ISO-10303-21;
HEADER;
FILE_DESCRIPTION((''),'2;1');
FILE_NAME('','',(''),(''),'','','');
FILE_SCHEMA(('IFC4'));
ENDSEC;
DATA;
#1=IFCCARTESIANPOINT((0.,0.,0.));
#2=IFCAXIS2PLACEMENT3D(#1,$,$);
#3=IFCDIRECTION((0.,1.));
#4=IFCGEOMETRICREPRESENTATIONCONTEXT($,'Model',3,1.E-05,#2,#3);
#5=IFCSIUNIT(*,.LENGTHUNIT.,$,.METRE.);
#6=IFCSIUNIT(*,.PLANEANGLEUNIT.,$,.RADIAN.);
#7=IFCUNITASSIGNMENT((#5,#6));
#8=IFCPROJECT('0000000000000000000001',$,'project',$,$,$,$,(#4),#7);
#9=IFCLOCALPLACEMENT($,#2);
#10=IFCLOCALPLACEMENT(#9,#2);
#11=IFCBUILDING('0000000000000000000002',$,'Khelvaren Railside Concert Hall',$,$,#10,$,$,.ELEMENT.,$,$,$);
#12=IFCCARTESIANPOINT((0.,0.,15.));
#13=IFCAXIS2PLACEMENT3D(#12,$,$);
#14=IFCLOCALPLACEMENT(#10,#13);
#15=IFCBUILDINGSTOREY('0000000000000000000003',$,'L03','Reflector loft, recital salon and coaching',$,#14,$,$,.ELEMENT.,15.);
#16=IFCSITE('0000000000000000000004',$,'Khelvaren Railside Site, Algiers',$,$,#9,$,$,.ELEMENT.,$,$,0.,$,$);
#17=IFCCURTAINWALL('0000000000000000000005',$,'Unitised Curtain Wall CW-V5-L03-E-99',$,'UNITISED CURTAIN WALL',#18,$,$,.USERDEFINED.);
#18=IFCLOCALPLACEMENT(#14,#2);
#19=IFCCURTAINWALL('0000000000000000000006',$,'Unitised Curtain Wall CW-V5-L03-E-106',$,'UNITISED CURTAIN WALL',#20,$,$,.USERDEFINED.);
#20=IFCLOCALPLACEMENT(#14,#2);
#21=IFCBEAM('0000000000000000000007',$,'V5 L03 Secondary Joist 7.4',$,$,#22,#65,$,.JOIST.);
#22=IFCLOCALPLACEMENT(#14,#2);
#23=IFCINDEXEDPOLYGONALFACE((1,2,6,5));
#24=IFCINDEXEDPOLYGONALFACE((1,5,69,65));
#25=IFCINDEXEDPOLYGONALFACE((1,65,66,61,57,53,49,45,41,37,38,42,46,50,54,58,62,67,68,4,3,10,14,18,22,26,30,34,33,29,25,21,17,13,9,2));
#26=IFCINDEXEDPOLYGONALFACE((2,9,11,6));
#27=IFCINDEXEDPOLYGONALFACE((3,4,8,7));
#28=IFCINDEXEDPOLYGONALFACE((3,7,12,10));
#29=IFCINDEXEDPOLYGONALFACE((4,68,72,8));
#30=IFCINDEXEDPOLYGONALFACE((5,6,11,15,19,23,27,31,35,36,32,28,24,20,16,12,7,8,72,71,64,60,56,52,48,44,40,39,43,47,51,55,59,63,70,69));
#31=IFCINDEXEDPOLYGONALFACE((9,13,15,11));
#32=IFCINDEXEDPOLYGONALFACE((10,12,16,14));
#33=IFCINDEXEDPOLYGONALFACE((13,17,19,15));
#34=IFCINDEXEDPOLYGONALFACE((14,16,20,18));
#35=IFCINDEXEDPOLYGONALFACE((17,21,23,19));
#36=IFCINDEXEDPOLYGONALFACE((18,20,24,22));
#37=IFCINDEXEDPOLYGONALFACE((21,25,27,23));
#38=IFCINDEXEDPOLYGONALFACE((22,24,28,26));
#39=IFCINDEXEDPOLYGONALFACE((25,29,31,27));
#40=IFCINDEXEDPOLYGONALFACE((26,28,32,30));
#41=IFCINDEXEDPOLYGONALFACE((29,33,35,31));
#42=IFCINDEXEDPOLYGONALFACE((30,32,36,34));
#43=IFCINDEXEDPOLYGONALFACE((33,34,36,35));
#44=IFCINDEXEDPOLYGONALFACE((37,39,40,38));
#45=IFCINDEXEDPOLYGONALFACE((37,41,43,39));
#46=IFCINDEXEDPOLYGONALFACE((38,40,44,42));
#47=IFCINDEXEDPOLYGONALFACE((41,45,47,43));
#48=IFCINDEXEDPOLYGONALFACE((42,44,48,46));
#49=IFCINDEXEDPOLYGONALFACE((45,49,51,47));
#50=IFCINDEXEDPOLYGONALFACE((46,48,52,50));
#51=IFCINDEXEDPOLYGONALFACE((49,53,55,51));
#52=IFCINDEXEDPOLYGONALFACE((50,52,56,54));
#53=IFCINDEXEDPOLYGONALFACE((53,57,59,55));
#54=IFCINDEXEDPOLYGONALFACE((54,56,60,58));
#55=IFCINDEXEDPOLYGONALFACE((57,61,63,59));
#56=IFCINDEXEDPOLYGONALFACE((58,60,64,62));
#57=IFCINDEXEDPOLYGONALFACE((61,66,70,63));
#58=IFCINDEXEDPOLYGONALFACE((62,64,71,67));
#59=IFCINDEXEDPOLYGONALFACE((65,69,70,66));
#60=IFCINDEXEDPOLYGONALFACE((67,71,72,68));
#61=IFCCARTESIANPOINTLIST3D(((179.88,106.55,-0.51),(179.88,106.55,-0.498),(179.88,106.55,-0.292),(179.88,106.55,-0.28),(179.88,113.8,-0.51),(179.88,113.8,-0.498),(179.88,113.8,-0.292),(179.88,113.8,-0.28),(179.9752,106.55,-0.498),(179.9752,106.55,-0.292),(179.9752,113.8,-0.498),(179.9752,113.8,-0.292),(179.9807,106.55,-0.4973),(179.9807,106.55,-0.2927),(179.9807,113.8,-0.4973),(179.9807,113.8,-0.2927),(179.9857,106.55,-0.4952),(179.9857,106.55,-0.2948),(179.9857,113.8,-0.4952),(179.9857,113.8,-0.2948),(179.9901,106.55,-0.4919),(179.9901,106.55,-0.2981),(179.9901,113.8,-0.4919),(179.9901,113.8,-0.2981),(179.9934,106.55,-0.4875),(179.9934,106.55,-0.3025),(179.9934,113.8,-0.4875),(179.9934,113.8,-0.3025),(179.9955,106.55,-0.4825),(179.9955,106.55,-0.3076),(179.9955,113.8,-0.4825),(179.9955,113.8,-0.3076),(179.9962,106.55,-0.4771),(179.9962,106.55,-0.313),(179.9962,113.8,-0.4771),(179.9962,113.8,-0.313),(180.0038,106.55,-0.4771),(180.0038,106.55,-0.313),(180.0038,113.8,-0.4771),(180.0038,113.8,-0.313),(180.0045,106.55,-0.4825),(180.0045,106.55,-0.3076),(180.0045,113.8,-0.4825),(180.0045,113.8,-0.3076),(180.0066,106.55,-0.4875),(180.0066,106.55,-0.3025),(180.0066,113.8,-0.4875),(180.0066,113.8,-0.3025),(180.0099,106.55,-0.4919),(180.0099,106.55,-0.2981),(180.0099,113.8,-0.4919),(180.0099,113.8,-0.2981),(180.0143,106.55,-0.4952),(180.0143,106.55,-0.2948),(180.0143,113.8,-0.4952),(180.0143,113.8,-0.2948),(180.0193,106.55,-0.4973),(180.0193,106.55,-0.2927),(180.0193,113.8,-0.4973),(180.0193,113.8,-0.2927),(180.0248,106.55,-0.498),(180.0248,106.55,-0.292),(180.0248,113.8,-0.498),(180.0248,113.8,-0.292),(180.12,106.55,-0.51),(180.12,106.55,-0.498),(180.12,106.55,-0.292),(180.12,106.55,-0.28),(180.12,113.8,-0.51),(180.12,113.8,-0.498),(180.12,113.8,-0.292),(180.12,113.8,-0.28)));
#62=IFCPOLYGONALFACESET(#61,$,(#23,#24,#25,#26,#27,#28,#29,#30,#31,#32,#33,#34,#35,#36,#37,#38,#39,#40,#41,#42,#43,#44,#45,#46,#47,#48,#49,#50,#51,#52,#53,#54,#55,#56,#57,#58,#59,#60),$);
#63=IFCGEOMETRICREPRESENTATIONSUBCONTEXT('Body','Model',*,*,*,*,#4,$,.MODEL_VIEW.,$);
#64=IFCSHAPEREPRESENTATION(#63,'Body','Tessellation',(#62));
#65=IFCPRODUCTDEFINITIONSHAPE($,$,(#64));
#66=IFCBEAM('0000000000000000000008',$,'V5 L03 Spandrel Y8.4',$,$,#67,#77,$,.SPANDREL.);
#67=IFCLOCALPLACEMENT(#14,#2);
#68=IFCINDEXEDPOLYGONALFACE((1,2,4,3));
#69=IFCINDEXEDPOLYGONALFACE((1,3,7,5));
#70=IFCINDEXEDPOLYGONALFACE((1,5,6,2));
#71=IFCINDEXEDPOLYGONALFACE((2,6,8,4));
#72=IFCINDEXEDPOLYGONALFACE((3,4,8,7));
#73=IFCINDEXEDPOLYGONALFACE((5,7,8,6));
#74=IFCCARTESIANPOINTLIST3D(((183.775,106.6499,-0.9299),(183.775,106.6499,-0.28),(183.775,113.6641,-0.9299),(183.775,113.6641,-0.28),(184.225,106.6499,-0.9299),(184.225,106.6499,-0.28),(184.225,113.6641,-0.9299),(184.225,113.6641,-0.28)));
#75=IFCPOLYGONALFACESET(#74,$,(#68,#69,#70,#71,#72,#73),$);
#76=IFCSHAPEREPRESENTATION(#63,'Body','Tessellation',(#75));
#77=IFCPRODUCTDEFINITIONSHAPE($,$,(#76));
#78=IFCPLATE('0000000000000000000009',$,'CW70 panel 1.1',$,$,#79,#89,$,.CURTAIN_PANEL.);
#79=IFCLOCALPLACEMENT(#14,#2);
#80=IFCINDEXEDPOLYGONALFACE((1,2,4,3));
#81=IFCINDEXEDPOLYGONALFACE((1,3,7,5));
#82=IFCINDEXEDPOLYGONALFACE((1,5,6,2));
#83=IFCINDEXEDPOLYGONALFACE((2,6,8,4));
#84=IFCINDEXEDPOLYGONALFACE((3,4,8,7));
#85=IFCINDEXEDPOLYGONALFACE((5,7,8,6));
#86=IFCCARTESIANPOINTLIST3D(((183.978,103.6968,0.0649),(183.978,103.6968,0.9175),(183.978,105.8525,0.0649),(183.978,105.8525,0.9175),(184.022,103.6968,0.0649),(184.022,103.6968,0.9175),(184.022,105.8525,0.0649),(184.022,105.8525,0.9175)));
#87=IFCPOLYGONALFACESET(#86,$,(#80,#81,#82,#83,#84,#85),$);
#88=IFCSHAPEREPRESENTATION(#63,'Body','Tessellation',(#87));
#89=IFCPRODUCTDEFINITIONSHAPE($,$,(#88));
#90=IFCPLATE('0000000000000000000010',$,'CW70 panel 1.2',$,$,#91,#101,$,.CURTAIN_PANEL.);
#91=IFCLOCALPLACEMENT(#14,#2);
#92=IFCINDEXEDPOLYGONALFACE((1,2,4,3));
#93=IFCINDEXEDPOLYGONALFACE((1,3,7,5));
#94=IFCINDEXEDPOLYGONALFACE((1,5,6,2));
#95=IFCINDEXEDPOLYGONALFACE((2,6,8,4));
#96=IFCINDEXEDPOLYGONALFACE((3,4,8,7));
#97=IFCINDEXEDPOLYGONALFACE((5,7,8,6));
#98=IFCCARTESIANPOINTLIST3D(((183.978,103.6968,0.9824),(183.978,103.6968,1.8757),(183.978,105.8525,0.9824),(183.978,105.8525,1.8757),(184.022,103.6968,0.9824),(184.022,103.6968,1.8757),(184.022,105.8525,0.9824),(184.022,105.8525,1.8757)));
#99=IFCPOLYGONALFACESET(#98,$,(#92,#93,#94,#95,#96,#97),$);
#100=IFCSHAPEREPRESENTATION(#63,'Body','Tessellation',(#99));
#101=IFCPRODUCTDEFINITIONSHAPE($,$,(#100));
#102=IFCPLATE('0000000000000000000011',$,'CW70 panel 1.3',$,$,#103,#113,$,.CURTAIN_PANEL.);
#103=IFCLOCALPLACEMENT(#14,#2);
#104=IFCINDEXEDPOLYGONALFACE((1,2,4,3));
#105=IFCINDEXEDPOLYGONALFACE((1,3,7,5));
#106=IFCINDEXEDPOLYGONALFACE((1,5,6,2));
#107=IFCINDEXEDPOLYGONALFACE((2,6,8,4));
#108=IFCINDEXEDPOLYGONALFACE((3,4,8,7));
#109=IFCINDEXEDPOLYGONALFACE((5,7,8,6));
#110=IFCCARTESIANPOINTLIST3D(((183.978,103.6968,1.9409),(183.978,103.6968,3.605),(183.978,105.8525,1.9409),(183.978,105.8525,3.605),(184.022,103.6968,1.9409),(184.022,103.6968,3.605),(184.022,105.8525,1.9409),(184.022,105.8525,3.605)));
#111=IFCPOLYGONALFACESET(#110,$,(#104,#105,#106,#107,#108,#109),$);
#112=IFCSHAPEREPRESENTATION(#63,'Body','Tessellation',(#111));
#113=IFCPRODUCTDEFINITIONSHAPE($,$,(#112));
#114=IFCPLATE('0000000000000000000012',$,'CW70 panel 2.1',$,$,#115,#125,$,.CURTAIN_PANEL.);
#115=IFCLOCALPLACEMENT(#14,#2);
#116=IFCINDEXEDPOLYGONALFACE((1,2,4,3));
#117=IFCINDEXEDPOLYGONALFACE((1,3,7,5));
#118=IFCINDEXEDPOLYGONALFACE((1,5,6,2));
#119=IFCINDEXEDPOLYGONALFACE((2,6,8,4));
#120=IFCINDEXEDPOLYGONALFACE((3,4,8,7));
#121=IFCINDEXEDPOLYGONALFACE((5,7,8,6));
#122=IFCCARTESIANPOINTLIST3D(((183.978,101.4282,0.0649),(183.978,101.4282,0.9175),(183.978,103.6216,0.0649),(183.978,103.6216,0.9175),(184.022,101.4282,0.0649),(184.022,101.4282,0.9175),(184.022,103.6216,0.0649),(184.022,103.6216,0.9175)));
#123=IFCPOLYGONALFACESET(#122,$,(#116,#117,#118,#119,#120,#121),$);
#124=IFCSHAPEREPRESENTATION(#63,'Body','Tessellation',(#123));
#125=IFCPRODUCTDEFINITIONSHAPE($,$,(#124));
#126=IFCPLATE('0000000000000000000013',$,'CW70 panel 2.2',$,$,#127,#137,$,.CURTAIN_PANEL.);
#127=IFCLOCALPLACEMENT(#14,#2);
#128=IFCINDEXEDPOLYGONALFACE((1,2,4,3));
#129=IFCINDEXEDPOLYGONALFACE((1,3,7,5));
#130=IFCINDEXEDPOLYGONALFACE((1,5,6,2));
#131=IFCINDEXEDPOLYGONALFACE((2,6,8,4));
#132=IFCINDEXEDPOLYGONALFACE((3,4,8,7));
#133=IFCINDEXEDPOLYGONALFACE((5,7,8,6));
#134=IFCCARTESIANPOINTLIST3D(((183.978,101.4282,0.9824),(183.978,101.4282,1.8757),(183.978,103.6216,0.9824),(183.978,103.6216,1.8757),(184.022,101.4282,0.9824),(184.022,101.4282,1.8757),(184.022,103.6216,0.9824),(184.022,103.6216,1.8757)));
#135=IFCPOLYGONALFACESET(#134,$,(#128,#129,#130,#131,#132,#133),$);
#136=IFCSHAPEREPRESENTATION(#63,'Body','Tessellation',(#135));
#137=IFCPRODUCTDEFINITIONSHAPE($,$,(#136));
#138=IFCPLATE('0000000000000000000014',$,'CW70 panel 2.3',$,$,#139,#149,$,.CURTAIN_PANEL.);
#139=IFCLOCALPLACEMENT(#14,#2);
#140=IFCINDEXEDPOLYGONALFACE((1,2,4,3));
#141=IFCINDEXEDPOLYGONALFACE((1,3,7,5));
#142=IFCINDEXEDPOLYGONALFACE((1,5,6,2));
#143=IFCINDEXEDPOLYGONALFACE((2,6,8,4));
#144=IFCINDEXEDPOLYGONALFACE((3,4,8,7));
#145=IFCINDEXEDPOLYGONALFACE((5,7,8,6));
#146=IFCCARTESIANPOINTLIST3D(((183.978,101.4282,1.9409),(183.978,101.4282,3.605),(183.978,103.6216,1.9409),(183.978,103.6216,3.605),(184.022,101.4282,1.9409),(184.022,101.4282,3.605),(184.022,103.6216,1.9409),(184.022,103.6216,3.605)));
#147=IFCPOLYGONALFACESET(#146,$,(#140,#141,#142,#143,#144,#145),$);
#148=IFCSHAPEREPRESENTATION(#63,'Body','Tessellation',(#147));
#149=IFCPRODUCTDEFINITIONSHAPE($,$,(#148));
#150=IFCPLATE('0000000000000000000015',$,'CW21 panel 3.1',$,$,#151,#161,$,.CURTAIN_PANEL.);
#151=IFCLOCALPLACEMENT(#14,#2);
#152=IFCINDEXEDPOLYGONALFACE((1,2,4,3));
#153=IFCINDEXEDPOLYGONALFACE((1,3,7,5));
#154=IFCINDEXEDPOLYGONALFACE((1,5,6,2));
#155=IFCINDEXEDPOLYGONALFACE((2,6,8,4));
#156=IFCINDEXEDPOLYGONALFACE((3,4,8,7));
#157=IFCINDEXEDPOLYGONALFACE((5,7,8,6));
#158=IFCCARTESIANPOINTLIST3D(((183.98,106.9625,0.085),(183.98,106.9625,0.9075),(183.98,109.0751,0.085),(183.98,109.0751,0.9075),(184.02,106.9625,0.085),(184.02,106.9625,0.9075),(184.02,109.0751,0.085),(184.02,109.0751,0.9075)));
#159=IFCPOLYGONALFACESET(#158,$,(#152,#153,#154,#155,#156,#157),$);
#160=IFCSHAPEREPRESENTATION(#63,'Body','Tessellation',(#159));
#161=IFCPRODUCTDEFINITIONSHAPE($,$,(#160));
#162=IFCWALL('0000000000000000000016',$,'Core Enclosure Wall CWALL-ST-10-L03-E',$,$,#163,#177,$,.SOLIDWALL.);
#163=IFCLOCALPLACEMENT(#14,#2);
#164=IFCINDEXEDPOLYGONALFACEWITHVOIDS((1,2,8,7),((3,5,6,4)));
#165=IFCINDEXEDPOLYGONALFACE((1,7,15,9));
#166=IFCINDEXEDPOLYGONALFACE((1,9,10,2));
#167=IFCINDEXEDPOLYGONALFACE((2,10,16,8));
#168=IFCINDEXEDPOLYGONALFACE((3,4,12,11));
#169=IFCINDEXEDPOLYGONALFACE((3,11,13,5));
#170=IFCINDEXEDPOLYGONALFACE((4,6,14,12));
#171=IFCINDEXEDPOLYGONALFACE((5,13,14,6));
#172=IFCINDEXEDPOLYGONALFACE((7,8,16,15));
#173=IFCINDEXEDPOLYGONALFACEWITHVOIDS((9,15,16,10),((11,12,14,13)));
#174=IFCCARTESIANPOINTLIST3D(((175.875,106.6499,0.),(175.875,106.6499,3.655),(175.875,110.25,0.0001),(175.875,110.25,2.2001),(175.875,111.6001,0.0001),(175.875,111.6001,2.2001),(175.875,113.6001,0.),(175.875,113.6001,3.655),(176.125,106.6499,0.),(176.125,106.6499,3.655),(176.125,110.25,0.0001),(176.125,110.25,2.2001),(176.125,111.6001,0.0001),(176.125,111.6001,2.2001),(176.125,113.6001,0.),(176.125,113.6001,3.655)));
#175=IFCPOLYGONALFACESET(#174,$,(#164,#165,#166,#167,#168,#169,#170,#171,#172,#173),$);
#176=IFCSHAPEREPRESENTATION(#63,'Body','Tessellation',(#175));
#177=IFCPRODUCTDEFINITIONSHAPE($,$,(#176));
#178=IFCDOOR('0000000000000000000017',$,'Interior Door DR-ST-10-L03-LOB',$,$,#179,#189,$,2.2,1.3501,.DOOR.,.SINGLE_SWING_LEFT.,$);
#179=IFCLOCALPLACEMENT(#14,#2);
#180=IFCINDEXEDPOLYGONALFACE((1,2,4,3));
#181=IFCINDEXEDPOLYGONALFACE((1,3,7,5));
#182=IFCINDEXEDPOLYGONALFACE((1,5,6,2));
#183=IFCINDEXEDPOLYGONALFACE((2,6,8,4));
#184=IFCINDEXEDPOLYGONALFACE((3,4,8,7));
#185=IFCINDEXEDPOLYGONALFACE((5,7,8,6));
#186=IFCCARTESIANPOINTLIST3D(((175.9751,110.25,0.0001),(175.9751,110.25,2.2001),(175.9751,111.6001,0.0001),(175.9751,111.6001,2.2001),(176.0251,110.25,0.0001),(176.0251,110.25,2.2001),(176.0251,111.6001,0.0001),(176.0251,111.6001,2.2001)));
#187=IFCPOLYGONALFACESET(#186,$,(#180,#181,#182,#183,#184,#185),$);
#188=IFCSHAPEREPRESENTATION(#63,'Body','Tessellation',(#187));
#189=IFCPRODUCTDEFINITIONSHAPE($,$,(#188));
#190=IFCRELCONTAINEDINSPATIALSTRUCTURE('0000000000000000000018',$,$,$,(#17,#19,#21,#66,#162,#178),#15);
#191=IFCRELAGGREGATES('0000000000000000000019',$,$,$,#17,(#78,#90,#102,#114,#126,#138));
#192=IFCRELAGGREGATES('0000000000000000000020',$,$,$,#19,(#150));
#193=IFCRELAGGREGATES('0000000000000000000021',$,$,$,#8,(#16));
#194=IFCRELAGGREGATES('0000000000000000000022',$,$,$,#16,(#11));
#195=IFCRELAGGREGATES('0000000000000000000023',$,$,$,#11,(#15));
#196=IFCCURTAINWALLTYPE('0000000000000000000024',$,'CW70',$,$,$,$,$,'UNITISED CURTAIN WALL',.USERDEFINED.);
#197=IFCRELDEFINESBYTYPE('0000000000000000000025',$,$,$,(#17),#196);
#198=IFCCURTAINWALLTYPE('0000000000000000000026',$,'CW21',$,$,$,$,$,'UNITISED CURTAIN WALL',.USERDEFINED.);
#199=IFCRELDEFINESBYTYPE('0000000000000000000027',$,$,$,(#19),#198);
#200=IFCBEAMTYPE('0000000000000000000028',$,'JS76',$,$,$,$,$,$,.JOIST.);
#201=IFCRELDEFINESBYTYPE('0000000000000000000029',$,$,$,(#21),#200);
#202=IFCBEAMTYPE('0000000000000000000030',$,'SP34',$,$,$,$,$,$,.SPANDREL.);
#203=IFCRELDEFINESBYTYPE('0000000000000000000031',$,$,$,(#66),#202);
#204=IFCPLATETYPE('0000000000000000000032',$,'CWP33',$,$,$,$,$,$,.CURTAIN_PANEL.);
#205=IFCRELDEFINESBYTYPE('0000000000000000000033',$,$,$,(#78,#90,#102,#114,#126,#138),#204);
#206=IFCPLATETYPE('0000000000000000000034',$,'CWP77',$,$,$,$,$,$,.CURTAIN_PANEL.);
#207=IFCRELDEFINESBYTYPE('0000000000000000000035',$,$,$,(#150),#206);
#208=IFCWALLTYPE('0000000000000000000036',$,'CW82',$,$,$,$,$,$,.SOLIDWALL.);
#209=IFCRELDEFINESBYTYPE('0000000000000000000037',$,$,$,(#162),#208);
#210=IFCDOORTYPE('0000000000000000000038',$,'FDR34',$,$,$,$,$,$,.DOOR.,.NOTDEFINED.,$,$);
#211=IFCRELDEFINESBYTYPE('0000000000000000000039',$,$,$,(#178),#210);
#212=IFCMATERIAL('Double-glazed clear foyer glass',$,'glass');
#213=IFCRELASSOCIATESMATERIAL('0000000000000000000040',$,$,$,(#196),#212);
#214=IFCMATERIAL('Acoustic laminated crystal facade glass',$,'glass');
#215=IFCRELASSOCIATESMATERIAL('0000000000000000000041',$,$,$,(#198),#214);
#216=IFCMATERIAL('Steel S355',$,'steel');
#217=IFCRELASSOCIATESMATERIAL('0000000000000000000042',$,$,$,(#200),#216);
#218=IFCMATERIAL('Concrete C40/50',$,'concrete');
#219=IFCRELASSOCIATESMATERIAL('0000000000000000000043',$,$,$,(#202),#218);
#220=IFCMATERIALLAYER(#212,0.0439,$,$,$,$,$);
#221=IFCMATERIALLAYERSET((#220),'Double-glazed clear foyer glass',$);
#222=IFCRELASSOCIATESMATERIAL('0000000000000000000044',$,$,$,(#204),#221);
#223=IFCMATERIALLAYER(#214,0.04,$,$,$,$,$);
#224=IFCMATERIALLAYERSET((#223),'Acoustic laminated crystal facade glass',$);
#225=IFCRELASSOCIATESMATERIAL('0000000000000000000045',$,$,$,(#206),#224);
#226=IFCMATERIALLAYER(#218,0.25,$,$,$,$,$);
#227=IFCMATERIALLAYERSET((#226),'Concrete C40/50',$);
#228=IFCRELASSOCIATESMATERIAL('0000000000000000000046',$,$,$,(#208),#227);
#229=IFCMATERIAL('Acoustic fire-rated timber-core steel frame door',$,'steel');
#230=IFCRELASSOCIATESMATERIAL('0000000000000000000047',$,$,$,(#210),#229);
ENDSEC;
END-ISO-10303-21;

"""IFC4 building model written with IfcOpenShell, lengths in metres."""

from ifc_helpers import new_model, si_unit, direction, frame, frame_2d, origin, origin_2d, place, context, subcontext, project, spatial, rectangle, i_section, extrude, material, layer, layer_set, material_profile, profile_set, type_object, element, fill, aggregate, save


model = new_model("IFC4")

# Units and contexts
model_context = context("Model", 3, precision=1e-05, world=origin(), true_north=direction((0.0, 1.0)))
body_context = subcontext(model_context, "Body", "Model", "MODEL_VIEW")
ifc_project = project(units=[si_unit("LENGTHUNIT", "METRE"), si_unit("PLANEANGLEUNIT", "RADIAN")], contexts=[model_context])

# Site, building, storey
site_placement = place(None, origin())
site = spatial("IfcSite", under=ifc_project, at=site_placement, Name="Khelvaren Railside Site, Algiers", CompositionType="ELEMENT", RefElevation=0.0)
building_placement = place(site_placement, origin())
building = spatial("IfcBuilding", under=site, at=building_placement, Name="Khelvaren Railside Concert Hall", CompositionType="ELEMENT")
storey_placement = place(building_placement, frame((0.0, 0.0, 15.0)))
storey = spatial("IfcBuildingStorey", under=building, at=storey_placement, Name="L03", Description="Reflector loft, recital salon and coaching", CompositionType="ELEMENT", Elevation=15.0)

# Shared definitions
ifc_material_1 = material(Name="Steel S355", Category="steel")

# Curtain wall
ifc_material_2 = material(Name="Double-glazed clear foyer glass", Category="glass")
curtain_wall_type_1 = type_object("IfcCurtainWallType", Name="CW70", ElementType="UNITISED CURTAIN WALL", PredefinedType="USERDEFINED", material=ifc_material_2)
curtain_wall_1_placement = place(storey_placement, origin())
curtain_wall_1 = element("IfcCurtainWall", 1, at=curtain_wall_1_placement, inside=storey, type_object=curtain_wall_type_1, Name="Unitised Curtain Wall CW-V5-L03-E-99", ObjectType="UNITISED CURTAIN WALL", PredefinedType="USERDEFINED")

# Curtain wall
ifc_material_3 = material(Name="Acoustic laminated crystal facade glass", Category="glass")
curtain_wall_type_2 = type_object("IfcCurtainWallType", Name="CW21", ElementType="UNITISED CURTAIN WALL", PredefinedType="USERDEFINED", material=ifc_material_3)
curtain_wall_2_placement = place(storey_placement, origin())
curtain_wall_2 = element("IfcCurtainWall", 2, at=curtain_wall_2_placement, inside=storey, type_object=curtain_wall_type_2, Name="Unitised Curtain Wall CW-V5-L03-E-106", ObjectType="UNITISED CURTAIN WALL", PredefinedType="USERDEFINED")

# Beams
ifc_material_profile_1 = material_profile(ifc_material_1, i_section(OverallWidth=0.24, OverallDepth=0.23, WebThickness=0.0076, FlangeThickness=0.012, FilletRadius=0.021, at=origin_2d()), Name="HEA 240")
ifc_profile_set_1 = profile_set([ifc_material_profile_1], Name="Steel S355")
beam_type_1 = type_object("IfcBeamType", Name="JS76", PredefinedType="JOIST", material=ifc_profile_set_1)
beam_1_placement = place(storey_placement, frame((180.0, 106.55, -0.395), z_axis=(0.0, 1.0, 0.0), x_axis=(-1.0, 0.0, 0.0)))
element("IfcBeam", 3, at=beam_1_placement, inside=storey, type_object=beam_type_1, Name="V5 L03 Secondary Joist 7.4", PredefinedType="JOIST", context=body_context, shape_type="SweptSolid", body=[
    extrude(i_section(OverallWidth=0.24, OverallDepth=0.23, WebThickness=0.0076, FlangeThickness=0.012, FilletRadius=0.021, at=origin_2d()), origin(), (0.0, 0.0, 1.0), 7.25),
])
ifc_material_4 = material(Name="Concrete C40/50", Category="concrete")
ifc_material_profile_2 = material_profile(ifc_material_4, rectangle(XDim=0.45, YDim=0.6499, at=origin_2d()), Name="RCB 450x650")
ifc_profile_set_2 = profile_set([ifc_material_profile_2], Name="Concrete C40/50")
beam_type_2 = type_object("IfcBeamType", Name="SP34", PredefinedType="SPANDREL", material=ifc_profile_set_2)
beam_2_placement = place(storey_placement, frame((184.0, 106.6499, -0.605), z_axis=(0.0, 1.0, 0.0), x_axis=(-1.0, 0.0, 0.0)))
element("IfcBeam", 4, at=beam_2_placement, inside=storey, type_object=beam_type_2, Name="V5 L03 Spandrel Y8.4", PredefinedType="SPANDREL", context=body_context, shape_type="SweptSolid", body=[
    extrude(rectangle(XDim=0.45, YDim=0.6499, at=origin_2d()), origin(), (0.0, 0.0, 1.0), 7.0142),
])

# Plates
ifc_layer_1 = layer(ifc_material_2, 0.0439)
ifc_layer_set_1 = layer_set([ifc_layer_1], Name="Double-glazed clear foyer glass")
plate_type_1 = type_object("IfcPlateType", Name="CWP33", PredefinedType="CURTAIN_PANEL", material=ifc_layer_set_1)
plate_1_placement = place(storey_placement, frame((184.0, 104.7747, 0.0649), z_axis=(0.0, 0.0, 1.0), x_axis=(0.0, -1.0, 0.0)))
plate_1 = element("IfcPlate", 5, at=plate_1_placement, type_object=plate_type_1, Name="CW70 panel 1.1", PredefinedType="CURTAIN_PANEL", context=body_context, shape_type="SweptSolid", body=[
    extrude(rectangle(XDim=2.1558, YDim=0.0439, at=origin_2d()), origin(), (0.0, 0.0, 1.0), 0.8525),
])
plate_2_placement = place(storey_placement, frame((184.0, 104.7747, 0.9824), z_axis=(0.0, 0.0, 1.0), x_axis=(0.0, -1.0, 0.0)))
plate_2 = element("IfcPlate", 6, at=plate_2_placement, type_object=plate_type_1, Name="CW70 panel 1.2", PredefinedType="CURTAIN_PANEL", context=body_context, shape_type="SweptSolid", body=[
    extrude(rectangle(XDim=2.1558, YDim=0.0439, at=origin_2d()), origin(), (0.0, 0.0, 1.0), 0.8933),
])
plate_3_placement = place(storey_placement, frame((184.0, 104.7747, 1.9409), z_axis=(0.0, 0.0, 1.0), x_axis=(0.0, -1.0, 0.0)))
plate_3 = element("IfcPlate", 7, at=plate_3_placement, type_object=plate_type_1, Name="CW70 panel 1.3", PredefinedType="CURTAIN_PANEL", context=body_context, shape_type="SweptSolid", body=[
    extrude(rectangle(XDim=2.1558, YDim=0.0439, at=origin_2d()), origin(), (0.0, 0.0, 1.0), 1.6641),
])
plate_4_placement = place(storey_placement, frame((184.0, 102.5249, 0.0649), z_axis=(0.0, 0.0, 1.0), x_axis=(0.0, -1.0, 0.0)))
plate_4 = element("IfcPlate", 8, at=plate_4_placement, type_object=plate_type_1, Name="CW70 panel 2.1", PredefinedType="CURTAIN_PANEL", context=body_context, shape_type="SweptSolid", body=[
    extrude(rectangle(XDim=2.1934, YDim=0.0439, at=origin_2d()), origin(), (0.0, 0.0, 1.0), 0.8525),
])
plate_5_placement = place(storey_placement, frame((184.0, 102.5249, 0.9824), z_axis=(0.0, 0.0, 1.0), x_axis=(0.0, -1.0, 0.0)))
plate_5 = element("IfcPlate", 9, at=plate_5_placement, type_object=plate_type_1, Name="CW70 panel 2.2", PredefinedType="CURTAIN_PANEL", context=body_context, shape_type="SweptSolid", body=[
    extrude(rectangle(XDim=2.1934, YDim=0.0439, at=origin_2d()), origin(), (0.0, 0.0, 1.0), 0.8933),
])
plate_6_placement = place(storey_placement, frame((184.0, 102.5249, 1.9409), z_axis=(0.0, 0.0, 1.0), x_axis=(0.0, -1.0, 0.0)))
plate_6 = element("IfcPlate", 10, at=plate_6_placement, type_object=plate_type_1, Name="CW70 panel 2.3", PredefinedType="CURTAIN_PANEL", context=body_context, shape_type="SweptSolid", body=[
    extrude(rectangle(XDim=2.1934, YDim=0.0439, at=origin_2d()), origin(), (0.0, 0.0, 1.0), 1.6641),
])
aggregate(curtain_wall_1, [plate_1, plate_2, plate_3, plate_4, plate_5, plate_6])
ifc_layer_2 = layer(ifc_material_3, 0.04)
ifc_layer_set_2 = layer_set([ifc_layer_2], Name="Acoustic laminated crystal facade glass")
plate_type_2 = type_object("IfcPlateType", Name="CWP77", PredefinedType="CURTAIN_PANEL", material=ifc_layer_set_2)
plate_7_placement = place(storey_placement, frame((184.0, 108.0188, 0.085), z_axis=(0.0, 0.0, 1.0), x_axis=(0.0, -1.0, 0.0)))
plate_7 = element("IfcPlate", 11, at=plate_7_placement, type_object=plate_type_2, Name="CW21 panel 3.1", PredefinedType="CURTAIN_PANEL", context=body_context, shape_type="SweptSolid", body=[
    extrude(rectangle(XDim=2.1125, YDim=0.04, at=origin_2d()), origin(), (0.0, 0.0, 1.0), 0.8225),
])
aggregate(curtain_wall_2, [plate_7])

# Wall, opening, door
ifc_layer_3 = layer(ifc_material_4, 0.25)
ifc_layer_set_3 = layer_set([ifc_layer_3], Name="Concrete C40/50")
wall_type_1 = type_object("IfcWallType", Name="CW82", PredefinedType="SOLIDWALL", material=ifc_layer_set_3)
wall_1_placement = place(storey_placement, frame((176.0, 106.6499, 0.0), z_axis=(0.0, 0.0, 1.0), x_axis=(0.0, 1.0, 0.0)))
wall_1 = element("IfcWall", 12, at=wall_1_placement, inside=storey, type_object=wall_type_1, Name="Core Enclosure Wall CWALL-ST-10-L03-E", PredefinedType="SOLIDWALL", context=body_context, shape_type="SweptSolid", body=[
    extrude(rectangle(XDim=6.9502, YDim=0.25, at=frame_2d((3.4751, 0.0))), origin(), (0.0, 0.0, 1.0), 3.655),
])
opening_1_placement = place(wall_1_placement, frame((3.6001, 0.0, 0.0)))
opening_1 = element("IfcOpeningElement", 13, at=opening_1_placement, cuts=wall_1, PredefinedType="OPENING", context=body_context, shape_type="SweptSolid", body=[
    extrude(rectangle(XDim=1.3501, YDim=2.2, at=frame_2d((0.675, 1.1001))), frame((0.0, 0.135, 0.0), z_axis=(0.0, -1.0, 0.0), x_axis=(1.0, 0.0, 0.0)), (0.0, 0.0, 1.0), 0.27),
])
ifc_material_5 = material(Name="Acoustic fire-rated timber-core steel frame door", Category="steel")
door_type_1 = type_object("IfcDoorType", Name="FDR34", OperationType="NOTDEFINED", PredefinedType="DOOR", material=ifc_material_5)
door_1_placement = place(opening_1_placement, origin())
door_1 = element("IfcDoor", 14, at=door_1_placement, inside=storey, type_object=door_type_1, Name="Interior Door DR-ST-10-L03-LOB", OperationType="SINGLE_SWING_LEFT", OverallHeight=2.2, OverallWidth=1.3501, PredefinedType="DOOR", context=body_context, shape_type="SweptSolid", body=[
    extrude(rectangle(XDim=1.3501, YDim=2.2, at=frame_2d((0.675, 1.1001))), frame((0.0, 0.0249, 0.0), z_axis=(0.0, -1.0, 0.0), x_axis=(1.0, 0.0, 0.0)), (0.0, 0.0, 1.0), 0.05),
])
fill(opening_1, door_1)

save(model, "model.ifc")
